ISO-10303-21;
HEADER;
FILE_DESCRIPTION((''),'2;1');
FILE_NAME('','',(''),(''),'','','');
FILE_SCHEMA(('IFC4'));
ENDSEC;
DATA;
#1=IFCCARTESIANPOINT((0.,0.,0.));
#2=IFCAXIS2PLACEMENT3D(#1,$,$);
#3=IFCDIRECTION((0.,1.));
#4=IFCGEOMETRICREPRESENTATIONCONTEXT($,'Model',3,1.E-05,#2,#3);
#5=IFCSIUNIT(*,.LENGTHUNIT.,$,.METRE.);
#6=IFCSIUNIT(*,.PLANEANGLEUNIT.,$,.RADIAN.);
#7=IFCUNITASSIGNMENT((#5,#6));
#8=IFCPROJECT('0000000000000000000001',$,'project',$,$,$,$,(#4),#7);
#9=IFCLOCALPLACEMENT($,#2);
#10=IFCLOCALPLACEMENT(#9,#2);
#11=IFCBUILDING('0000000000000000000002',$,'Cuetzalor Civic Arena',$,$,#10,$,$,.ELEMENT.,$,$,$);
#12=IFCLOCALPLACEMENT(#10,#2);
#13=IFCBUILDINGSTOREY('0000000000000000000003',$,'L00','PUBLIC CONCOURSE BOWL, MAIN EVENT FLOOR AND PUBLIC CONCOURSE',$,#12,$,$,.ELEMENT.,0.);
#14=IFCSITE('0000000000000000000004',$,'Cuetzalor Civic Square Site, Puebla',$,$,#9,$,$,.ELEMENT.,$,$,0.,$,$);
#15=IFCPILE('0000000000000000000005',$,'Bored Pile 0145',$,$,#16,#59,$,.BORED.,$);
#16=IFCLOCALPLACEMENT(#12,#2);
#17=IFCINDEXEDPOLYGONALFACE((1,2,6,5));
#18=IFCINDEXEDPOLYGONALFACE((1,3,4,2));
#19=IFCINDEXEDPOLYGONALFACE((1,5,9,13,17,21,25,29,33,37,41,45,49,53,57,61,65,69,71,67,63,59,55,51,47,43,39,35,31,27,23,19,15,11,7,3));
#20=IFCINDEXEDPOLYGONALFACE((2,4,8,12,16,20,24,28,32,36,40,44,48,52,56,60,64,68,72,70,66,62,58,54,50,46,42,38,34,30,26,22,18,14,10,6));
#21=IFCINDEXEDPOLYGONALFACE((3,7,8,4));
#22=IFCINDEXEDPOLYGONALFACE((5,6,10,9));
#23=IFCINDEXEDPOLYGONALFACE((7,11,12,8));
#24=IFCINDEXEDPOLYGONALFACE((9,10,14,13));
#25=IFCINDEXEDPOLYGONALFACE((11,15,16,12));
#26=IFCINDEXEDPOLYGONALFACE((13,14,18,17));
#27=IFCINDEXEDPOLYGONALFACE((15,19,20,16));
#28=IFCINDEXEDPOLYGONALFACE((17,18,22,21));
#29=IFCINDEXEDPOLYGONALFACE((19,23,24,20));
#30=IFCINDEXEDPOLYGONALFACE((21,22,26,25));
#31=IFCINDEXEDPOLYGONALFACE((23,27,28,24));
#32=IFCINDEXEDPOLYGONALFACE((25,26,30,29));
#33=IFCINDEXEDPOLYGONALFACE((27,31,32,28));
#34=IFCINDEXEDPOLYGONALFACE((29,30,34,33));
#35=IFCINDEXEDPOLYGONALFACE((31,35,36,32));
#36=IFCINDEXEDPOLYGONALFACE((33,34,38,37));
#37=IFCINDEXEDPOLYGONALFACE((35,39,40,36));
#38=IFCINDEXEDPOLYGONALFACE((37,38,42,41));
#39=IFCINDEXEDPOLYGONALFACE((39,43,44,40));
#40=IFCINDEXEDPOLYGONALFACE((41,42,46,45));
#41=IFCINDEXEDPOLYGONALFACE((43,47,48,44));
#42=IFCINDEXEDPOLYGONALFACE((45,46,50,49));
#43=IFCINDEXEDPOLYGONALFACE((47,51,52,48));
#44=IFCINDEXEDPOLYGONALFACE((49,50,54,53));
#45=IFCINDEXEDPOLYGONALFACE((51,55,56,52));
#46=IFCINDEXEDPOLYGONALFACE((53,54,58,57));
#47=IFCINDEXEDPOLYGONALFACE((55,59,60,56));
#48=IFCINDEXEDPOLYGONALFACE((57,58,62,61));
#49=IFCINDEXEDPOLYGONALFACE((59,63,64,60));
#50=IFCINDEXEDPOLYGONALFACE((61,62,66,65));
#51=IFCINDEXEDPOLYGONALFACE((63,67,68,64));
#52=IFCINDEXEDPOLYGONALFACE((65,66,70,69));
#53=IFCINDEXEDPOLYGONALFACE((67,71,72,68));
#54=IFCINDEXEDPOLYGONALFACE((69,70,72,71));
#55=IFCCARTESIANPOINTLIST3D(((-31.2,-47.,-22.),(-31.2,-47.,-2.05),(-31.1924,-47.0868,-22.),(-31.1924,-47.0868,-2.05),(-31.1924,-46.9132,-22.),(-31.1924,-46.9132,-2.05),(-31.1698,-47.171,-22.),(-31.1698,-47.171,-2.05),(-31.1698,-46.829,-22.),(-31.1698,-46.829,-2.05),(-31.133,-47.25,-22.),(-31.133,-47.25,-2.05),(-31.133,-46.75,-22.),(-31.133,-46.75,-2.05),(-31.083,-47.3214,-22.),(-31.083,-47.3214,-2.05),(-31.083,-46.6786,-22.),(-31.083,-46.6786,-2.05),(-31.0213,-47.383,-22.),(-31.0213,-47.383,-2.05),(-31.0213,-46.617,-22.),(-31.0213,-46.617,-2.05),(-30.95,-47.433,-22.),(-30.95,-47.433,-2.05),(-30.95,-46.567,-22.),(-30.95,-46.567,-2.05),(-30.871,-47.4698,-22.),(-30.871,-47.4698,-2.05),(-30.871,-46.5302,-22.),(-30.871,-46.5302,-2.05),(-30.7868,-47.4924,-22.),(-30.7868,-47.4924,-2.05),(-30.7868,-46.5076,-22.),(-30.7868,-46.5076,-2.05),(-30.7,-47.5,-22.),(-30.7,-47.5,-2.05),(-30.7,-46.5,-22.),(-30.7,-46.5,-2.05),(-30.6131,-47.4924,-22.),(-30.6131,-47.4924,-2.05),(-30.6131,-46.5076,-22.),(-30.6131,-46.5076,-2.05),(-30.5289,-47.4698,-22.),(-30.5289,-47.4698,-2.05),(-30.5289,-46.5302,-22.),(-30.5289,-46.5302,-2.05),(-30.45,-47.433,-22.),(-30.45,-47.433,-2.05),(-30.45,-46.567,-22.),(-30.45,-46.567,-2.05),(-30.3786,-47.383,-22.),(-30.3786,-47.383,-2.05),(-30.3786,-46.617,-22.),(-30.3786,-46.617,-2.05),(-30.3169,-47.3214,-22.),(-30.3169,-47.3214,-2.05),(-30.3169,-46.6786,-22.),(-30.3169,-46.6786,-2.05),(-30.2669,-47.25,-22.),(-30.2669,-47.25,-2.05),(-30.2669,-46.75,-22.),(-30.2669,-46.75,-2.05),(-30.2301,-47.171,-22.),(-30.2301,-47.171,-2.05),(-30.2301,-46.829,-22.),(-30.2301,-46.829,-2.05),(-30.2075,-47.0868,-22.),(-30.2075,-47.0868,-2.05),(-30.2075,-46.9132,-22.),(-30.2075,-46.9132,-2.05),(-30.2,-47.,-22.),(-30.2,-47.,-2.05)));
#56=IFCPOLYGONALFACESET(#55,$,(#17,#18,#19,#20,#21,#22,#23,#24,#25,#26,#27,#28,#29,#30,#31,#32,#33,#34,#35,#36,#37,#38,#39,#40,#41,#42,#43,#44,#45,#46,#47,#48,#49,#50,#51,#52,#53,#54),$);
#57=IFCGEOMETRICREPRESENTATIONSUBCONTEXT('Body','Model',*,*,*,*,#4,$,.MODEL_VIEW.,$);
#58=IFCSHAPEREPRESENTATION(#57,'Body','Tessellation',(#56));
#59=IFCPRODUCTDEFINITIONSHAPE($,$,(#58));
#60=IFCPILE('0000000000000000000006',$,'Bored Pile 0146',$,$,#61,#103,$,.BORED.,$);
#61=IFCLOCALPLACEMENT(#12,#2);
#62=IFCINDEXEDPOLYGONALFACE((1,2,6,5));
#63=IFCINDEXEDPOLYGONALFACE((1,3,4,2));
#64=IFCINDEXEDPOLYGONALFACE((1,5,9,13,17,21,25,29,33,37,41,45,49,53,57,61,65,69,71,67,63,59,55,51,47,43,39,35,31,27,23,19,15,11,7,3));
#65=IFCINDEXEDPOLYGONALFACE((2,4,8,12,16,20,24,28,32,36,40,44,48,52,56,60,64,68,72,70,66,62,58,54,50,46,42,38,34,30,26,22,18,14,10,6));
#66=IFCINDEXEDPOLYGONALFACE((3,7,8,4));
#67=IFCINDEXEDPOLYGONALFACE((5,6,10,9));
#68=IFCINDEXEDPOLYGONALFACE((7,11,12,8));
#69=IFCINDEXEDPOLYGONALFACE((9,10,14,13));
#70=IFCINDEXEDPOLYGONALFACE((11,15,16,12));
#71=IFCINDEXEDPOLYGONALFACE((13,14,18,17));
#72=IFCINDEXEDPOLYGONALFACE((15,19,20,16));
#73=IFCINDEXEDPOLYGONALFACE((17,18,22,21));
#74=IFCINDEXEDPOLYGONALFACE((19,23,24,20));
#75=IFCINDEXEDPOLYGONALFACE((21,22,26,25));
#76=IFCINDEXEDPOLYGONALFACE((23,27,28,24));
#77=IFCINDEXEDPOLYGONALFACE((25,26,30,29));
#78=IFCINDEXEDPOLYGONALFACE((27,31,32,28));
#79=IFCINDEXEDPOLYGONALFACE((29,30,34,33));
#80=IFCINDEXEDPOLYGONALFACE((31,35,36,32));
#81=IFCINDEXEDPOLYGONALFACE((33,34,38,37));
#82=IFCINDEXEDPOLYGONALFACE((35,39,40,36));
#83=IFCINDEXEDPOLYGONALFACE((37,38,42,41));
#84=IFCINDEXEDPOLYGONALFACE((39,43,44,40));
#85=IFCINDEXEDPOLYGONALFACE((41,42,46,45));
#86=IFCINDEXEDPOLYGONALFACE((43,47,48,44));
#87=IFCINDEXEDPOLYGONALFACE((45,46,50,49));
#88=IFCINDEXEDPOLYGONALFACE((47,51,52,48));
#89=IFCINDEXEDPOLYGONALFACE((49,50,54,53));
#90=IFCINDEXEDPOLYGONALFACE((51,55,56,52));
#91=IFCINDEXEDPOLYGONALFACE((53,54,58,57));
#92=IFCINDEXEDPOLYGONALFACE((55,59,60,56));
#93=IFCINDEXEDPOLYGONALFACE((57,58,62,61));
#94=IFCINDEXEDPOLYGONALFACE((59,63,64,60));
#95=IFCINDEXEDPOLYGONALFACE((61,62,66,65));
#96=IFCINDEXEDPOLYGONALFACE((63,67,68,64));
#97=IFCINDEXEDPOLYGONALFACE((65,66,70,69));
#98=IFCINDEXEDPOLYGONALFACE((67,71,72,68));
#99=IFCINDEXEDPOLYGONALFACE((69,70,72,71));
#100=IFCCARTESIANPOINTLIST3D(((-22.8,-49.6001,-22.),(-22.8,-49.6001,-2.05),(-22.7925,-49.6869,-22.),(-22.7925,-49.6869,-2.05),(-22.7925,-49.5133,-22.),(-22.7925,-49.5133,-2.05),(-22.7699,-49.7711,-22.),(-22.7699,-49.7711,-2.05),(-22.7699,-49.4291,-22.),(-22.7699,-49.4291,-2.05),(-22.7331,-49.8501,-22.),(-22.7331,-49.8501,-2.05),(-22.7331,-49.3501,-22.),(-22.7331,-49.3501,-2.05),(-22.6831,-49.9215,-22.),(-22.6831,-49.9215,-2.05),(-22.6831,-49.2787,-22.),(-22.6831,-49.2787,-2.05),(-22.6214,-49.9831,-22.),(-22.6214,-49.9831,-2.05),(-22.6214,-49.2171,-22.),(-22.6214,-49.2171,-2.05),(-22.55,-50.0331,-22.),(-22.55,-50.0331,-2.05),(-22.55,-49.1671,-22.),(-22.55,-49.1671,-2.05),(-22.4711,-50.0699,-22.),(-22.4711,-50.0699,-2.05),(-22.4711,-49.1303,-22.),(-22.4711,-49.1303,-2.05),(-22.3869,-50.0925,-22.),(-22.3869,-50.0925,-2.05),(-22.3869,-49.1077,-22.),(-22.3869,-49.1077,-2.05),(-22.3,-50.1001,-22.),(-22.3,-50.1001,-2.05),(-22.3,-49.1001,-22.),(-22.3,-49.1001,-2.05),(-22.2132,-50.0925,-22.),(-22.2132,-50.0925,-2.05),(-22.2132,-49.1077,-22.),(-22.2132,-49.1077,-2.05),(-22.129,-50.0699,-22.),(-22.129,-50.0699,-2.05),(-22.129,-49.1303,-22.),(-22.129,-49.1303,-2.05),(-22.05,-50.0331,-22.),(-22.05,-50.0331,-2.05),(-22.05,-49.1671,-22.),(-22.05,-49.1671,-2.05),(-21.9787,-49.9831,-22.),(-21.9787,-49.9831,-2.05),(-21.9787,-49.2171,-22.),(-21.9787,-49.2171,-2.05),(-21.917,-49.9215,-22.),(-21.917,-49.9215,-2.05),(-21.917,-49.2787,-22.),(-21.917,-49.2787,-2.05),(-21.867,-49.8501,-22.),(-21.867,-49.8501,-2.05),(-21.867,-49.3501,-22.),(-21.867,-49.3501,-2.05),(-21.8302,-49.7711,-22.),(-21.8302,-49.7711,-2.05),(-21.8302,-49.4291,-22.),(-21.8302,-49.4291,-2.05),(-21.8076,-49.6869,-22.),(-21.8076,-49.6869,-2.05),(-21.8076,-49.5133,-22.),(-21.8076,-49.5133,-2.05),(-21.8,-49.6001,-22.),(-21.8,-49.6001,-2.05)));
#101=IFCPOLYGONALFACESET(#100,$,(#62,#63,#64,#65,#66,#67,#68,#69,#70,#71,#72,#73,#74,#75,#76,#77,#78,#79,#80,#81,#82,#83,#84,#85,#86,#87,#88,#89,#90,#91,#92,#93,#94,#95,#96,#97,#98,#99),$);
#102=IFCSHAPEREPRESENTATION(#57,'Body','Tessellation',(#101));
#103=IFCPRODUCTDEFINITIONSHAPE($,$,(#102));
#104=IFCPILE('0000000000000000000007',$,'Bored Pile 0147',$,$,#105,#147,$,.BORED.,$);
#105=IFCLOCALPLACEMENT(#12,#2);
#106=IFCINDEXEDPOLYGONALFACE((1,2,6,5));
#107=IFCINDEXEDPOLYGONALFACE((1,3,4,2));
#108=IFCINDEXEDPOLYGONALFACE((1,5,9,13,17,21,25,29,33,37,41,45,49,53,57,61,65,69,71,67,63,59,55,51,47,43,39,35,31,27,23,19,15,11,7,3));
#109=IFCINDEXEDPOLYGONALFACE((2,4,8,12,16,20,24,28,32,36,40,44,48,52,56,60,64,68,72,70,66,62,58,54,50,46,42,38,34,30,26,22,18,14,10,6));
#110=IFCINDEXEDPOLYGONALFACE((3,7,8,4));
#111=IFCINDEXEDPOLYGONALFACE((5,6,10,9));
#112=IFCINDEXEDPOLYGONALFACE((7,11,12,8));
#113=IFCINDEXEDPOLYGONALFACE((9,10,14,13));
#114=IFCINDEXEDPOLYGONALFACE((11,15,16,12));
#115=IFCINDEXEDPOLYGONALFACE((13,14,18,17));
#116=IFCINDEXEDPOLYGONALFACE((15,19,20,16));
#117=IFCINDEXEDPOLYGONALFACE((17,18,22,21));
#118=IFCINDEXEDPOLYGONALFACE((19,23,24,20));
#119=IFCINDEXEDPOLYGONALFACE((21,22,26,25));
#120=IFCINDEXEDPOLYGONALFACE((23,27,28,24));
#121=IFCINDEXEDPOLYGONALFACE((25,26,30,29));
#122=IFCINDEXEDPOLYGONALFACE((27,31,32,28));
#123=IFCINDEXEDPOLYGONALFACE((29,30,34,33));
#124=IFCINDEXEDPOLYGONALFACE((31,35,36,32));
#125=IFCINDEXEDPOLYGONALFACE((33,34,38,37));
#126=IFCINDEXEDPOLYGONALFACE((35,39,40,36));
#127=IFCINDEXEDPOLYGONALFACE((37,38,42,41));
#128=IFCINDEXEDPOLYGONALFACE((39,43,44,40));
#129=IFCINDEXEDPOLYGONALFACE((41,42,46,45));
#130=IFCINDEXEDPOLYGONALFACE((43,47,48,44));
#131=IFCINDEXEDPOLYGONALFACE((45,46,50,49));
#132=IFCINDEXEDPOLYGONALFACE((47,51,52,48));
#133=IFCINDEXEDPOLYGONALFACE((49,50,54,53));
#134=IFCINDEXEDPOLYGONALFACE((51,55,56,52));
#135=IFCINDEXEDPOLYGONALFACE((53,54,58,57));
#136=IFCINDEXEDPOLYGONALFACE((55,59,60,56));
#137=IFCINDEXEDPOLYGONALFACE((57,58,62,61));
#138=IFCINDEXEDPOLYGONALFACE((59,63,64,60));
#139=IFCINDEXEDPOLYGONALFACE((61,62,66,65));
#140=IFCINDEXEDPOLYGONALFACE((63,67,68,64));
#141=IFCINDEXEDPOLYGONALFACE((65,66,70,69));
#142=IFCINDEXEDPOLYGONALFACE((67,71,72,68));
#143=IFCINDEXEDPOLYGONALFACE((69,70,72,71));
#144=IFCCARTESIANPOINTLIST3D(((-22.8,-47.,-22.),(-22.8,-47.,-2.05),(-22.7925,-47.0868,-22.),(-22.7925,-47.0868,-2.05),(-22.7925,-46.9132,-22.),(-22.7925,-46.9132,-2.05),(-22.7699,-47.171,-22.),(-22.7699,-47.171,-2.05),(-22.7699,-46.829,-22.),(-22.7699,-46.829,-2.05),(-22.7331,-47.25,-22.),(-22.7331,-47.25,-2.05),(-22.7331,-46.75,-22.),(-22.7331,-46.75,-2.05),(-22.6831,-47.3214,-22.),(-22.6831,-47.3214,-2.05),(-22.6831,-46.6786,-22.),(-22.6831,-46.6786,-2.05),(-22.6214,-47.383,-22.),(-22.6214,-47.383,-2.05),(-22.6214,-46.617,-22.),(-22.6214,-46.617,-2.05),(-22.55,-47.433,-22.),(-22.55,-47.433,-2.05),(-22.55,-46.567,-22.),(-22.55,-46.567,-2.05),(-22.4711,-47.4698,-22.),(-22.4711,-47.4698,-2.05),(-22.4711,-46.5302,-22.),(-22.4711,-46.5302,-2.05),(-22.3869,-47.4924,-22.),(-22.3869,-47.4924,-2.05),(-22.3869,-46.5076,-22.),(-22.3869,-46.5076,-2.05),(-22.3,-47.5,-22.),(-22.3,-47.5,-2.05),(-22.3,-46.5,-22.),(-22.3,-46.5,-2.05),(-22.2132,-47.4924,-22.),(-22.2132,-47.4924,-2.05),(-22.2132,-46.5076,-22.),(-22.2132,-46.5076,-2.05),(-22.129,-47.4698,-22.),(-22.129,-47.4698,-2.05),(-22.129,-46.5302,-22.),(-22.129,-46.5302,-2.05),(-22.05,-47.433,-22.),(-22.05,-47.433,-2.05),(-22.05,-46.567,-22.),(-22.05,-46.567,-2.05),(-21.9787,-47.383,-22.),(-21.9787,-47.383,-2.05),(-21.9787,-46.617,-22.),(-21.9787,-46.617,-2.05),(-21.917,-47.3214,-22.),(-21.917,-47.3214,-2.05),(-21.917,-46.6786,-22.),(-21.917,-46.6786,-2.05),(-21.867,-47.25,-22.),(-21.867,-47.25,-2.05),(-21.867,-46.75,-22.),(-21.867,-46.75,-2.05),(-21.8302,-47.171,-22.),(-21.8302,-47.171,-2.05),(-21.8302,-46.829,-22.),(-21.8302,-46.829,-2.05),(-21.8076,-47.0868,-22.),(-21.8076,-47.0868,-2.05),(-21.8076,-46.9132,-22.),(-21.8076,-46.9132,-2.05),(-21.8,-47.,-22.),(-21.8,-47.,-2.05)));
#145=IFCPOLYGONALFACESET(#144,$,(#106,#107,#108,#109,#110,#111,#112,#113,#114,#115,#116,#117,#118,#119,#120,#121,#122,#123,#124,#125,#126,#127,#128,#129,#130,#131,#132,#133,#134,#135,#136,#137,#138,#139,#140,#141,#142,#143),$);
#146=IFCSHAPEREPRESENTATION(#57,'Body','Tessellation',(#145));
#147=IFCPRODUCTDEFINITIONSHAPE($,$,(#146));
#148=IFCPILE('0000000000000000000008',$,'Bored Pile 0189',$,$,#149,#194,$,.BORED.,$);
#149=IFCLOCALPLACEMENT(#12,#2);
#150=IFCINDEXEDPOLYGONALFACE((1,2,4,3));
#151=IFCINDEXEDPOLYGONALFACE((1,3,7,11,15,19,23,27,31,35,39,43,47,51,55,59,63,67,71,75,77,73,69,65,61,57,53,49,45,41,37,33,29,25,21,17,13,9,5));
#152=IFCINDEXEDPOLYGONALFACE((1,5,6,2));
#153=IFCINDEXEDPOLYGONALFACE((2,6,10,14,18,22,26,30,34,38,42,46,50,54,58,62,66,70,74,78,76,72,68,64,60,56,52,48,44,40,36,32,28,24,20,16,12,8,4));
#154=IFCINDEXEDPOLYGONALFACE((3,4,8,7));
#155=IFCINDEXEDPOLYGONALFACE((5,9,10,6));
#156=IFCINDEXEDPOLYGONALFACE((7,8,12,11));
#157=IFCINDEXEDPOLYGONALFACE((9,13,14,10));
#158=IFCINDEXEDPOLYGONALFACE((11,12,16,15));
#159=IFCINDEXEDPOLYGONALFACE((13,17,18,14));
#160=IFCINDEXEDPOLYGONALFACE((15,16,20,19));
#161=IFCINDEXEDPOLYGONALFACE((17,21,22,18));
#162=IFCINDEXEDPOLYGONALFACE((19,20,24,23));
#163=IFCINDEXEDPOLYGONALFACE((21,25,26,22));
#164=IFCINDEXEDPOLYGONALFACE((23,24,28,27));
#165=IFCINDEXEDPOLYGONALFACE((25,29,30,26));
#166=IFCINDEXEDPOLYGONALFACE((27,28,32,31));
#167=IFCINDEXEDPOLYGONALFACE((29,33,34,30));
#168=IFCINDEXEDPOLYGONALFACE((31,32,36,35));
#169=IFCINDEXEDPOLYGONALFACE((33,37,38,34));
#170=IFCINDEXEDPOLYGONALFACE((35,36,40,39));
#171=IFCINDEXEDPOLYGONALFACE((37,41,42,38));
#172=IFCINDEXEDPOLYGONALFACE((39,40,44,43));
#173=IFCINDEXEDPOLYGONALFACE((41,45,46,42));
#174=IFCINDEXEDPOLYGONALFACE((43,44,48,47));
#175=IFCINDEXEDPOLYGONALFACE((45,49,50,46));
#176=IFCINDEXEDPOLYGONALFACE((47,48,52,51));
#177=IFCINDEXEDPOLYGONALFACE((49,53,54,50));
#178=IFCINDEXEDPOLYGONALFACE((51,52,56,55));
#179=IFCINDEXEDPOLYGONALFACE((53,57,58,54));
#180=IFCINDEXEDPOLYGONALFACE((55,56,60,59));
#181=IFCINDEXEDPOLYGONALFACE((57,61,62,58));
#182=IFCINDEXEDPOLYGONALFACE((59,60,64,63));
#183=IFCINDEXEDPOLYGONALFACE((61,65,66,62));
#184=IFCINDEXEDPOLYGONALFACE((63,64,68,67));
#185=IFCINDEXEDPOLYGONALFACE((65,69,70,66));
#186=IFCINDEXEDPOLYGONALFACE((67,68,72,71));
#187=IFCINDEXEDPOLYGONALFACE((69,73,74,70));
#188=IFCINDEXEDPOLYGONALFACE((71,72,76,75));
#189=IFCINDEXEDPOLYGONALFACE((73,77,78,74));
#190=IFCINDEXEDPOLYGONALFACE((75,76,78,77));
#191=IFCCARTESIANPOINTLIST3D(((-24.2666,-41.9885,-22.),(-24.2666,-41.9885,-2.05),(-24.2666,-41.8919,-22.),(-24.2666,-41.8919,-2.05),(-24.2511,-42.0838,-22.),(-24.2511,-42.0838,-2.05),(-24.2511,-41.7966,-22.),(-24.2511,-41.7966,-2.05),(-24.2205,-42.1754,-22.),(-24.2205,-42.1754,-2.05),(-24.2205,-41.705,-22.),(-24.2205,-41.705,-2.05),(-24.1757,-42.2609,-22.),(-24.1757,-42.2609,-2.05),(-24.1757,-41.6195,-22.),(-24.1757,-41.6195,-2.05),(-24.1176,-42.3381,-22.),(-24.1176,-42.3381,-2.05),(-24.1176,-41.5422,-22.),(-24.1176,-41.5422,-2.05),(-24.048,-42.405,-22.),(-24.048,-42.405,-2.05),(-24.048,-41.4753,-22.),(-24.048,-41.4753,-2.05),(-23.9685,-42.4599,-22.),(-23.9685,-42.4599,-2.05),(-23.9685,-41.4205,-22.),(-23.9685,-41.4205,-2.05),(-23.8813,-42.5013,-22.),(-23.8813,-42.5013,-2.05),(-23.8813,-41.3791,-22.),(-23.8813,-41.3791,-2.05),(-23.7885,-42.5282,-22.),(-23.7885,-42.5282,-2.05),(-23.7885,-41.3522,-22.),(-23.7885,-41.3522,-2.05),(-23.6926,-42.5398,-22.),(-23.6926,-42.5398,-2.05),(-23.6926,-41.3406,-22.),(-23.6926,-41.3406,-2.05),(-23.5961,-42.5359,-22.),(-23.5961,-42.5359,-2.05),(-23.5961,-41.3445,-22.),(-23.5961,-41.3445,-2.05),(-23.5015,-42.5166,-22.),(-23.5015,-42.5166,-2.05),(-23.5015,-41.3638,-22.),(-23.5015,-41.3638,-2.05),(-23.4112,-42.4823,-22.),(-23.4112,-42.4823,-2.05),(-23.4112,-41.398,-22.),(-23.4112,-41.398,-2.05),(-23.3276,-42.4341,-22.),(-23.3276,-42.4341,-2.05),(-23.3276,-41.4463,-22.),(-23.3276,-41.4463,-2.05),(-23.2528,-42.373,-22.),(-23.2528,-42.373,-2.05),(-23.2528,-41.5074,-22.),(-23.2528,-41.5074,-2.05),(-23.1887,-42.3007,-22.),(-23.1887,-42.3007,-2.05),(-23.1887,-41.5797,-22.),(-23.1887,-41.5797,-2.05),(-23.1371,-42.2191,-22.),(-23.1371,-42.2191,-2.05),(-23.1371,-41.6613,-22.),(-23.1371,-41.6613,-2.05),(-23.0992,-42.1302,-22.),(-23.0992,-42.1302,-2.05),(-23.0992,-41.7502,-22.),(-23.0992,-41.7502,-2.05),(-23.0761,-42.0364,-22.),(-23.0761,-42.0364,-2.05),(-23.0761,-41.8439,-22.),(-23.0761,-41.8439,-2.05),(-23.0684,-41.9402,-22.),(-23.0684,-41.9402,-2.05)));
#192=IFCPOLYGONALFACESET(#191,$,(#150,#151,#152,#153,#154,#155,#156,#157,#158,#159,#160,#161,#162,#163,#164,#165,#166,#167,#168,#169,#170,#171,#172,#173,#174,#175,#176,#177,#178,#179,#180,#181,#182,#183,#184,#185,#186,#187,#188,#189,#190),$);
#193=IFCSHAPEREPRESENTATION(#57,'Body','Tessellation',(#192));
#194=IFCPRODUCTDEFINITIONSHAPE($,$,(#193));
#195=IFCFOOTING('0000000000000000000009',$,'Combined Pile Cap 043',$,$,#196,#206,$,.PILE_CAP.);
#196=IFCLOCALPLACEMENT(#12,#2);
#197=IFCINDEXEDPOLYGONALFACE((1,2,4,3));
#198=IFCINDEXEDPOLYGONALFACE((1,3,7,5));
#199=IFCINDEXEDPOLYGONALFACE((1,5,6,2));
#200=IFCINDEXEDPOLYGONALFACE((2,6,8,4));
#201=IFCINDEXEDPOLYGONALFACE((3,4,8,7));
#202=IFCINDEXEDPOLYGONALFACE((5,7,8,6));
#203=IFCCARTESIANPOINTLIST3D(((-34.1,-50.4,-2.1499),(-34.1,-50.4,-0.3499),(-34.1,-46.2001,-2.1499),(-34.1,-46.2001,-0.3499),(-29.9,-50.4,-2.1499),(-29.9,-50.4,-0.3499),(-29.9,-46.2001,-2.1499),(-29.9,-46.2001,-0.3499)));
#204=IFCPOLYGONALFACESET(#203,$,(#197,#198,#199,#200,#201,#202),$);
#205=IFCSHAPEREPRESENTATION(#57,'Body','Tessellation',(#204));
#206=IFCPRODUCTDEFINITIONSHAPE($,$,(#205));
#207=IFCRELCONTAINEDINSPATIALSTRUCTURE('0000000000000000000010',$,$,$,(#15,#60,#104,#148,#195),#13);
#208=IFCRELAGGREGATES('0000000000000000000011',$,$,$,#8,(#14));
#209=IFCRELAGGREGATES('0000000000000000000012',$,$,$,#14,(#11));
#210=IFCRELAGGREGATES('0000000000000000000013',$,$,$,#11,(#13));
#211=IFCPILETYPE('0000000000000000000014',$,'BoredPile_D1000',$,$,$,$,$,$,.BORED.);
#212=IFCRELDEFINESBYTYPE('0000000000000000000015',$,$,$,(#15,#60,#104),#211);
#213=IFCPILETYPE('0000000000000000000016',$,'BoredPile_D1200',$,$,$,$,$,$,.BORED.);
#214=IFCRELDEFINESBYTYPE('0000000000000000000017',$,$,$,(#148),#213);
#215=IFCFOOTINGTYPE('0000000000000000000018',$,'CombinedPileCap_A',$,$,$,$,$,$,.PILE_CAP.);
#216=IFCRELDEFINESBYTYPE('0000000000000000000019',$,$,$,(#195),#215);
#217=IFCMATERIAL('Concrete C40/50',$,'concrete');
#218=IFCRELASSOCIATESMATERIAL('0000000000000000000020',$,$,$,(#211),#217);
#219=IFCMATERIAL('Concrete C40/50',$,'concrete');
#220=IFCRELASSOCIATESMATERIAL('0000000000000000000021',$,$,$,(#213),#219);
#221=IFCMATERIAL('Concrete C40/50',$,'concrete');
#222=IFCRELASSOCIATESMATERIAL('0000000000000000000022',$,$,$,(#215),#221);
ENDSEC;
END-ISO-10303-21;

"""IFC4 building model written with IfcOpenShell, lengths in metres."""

from ifc_helpers import new_model, si_unit, direction, frame, origin, origin_2d, place, context, subcontext, project, spatial, rectangle, circle, extrude, material, material_profile, profile_set, type_object, element, save


model = new_model("IFC4")

# Units and contexts
model_context = context("Model", 3, precision=1e-05, world=origin(), true_north=direction((0.0, 1.0)))
body_context = subcontext(model_context, "Body", "Model", "MODEL_VIEW")
ifc_project = project(units=[si_unit("LENGTHUNIT", "METRE"), si_unit("PLANEANGLEUNIT", "RADIAN")], contexts=[model_context])

# Site, building, storey
site_placement = place(None, origin())
site = spatial("IfcSite", under=ifc_project, at=site_placement, Name="Cuetzalor Civic Square Site, Puebla", CompositionType="ELEMENT", RefElevation=0.0)
building_placement = place(site_placement, origin())
building = spatial("IfcBuilding", under=site, at=building_placement, Name="Cuetzalor Civic Arena", CompositionType="ELEMENT")
storey_placement = place(building_placement, origin())
storey = spatial("IfcBuildingStorey", under=building, at=storey_placement, Name="L00", Description="PUBLIC CONCOURSE BOWL, MAIN EVENT FLOOR AND PUBLIC CONCOURSE", CompositionType="ELEMENT", Elevation=0.0)

# Piles
ifc_material_1 = material(Name="Concrete C40/50", Category="concrete")
ifc_material_profile_1 = material_profile(ifc_material_1, circle(Radius=0.5, at=origin_2d()), Name="BORED PILE D1000")
ifc_profile_set_1 = profile_set([ifc_material_profile_1], Name="Concrete C40/50")
pile_type_1 = type_object("IfcPileType", Name="BoredPile_D1000", PredefinedType="BORED", material=ifc_profile_set_1)
for number, where, z_axis, x_axis, name in (
    (1, (-30.7, -47.0, -2.05), (0.0, 0.0, -1.0), (1.0, 0.0, 0.0), "Bored Pile 0145"),
    (2, (-22.3, -49.6001, -2.05), (0.0, 0.0, -1.0), (1.0, 0.0, 0.0), "Bored Pile 0146"),
    (3, (-22.3, -47.0, -2.05), (0.0, 0.0, -1.0), (1.0, 0.0, 0.0), "Bored Pile 0147"),
):
    element("IfcPile", number, at=place(storey_placement, frame(where, z_axis=z_axis, x_axis=x_axis)), inside=storey, type_object=pile_type_1, Name=name, PredefinedType="BORED", context=body_context, shape_type="SweptSolid", body=[
        extrude(circle(Radius=0.5, at=origin_2d()), origin(), (0.0, 0.0, 1.0), 19.95),
    ])
ifc_material_2 = material(Name="Concrete C40/50", Category="concrete")
ifc_material_profile_2 = material_profile(ifc_material_2, circle(Radius=0.6001, at=origin_2d()), Name="BORED PILE D1200")
ifc_profile_set_2 = profile_set([ifc_material_profile_2], Name="Concrete C40/50")
pile_type_2 = type_object("IfcPileType", Name="BoredPile_D1200", PredefinedType="BORED", material=ifc_profile_set_2)
pile_placement = place(storey_placement, frame((-23.6685, -41.9402, -2.05), z_axis=(0.0, 0.0, -1.0), x_axis=(1.0, 0.0, 0.0)))
element("IfcPile", 4, at=pile_placement, inside=storey, type_object=pile_type_2, Name="Bored Pile 0189", PredefinedType="BORED", context=body_context, shape_type="SweptSolid", body=[
    extrude(circle(Radius=0.6001, at=origin_2d()), origin(), (0.0, 0.0, 1.0), 19.95),
])

# Footing
ifc_material_3 = material(Name="Concrete C40/50", Category="concrete")
footing_type_1 = type_object("IfcFootingType", Name="CombinedPileCap_A", PredefinedType="PILE_CAP", material=ifc_material_3)
footing_1_placement = place(storey_placement, frame((-32.0, -48.3, -2.1499), z_axis=(0.0, 0.0, 1.0), x_axis=(1.0, 0.0, 0.0)))
element("IfcFooting", 5, at=footing_1_placement, inside=storey, type_object=footing_type_1, Name="Combined Pile Cap 043", PredefinedType="PILE_CAP", context=body_context, shape_type="SweptSolid", body=[
    extrude(rectangle(XDim=4.2, YDim=4.2, at=origin_2d()), origin(), (0.0, 0.0, 1.0), 1.8),
])

save(model, "model.ifc")
